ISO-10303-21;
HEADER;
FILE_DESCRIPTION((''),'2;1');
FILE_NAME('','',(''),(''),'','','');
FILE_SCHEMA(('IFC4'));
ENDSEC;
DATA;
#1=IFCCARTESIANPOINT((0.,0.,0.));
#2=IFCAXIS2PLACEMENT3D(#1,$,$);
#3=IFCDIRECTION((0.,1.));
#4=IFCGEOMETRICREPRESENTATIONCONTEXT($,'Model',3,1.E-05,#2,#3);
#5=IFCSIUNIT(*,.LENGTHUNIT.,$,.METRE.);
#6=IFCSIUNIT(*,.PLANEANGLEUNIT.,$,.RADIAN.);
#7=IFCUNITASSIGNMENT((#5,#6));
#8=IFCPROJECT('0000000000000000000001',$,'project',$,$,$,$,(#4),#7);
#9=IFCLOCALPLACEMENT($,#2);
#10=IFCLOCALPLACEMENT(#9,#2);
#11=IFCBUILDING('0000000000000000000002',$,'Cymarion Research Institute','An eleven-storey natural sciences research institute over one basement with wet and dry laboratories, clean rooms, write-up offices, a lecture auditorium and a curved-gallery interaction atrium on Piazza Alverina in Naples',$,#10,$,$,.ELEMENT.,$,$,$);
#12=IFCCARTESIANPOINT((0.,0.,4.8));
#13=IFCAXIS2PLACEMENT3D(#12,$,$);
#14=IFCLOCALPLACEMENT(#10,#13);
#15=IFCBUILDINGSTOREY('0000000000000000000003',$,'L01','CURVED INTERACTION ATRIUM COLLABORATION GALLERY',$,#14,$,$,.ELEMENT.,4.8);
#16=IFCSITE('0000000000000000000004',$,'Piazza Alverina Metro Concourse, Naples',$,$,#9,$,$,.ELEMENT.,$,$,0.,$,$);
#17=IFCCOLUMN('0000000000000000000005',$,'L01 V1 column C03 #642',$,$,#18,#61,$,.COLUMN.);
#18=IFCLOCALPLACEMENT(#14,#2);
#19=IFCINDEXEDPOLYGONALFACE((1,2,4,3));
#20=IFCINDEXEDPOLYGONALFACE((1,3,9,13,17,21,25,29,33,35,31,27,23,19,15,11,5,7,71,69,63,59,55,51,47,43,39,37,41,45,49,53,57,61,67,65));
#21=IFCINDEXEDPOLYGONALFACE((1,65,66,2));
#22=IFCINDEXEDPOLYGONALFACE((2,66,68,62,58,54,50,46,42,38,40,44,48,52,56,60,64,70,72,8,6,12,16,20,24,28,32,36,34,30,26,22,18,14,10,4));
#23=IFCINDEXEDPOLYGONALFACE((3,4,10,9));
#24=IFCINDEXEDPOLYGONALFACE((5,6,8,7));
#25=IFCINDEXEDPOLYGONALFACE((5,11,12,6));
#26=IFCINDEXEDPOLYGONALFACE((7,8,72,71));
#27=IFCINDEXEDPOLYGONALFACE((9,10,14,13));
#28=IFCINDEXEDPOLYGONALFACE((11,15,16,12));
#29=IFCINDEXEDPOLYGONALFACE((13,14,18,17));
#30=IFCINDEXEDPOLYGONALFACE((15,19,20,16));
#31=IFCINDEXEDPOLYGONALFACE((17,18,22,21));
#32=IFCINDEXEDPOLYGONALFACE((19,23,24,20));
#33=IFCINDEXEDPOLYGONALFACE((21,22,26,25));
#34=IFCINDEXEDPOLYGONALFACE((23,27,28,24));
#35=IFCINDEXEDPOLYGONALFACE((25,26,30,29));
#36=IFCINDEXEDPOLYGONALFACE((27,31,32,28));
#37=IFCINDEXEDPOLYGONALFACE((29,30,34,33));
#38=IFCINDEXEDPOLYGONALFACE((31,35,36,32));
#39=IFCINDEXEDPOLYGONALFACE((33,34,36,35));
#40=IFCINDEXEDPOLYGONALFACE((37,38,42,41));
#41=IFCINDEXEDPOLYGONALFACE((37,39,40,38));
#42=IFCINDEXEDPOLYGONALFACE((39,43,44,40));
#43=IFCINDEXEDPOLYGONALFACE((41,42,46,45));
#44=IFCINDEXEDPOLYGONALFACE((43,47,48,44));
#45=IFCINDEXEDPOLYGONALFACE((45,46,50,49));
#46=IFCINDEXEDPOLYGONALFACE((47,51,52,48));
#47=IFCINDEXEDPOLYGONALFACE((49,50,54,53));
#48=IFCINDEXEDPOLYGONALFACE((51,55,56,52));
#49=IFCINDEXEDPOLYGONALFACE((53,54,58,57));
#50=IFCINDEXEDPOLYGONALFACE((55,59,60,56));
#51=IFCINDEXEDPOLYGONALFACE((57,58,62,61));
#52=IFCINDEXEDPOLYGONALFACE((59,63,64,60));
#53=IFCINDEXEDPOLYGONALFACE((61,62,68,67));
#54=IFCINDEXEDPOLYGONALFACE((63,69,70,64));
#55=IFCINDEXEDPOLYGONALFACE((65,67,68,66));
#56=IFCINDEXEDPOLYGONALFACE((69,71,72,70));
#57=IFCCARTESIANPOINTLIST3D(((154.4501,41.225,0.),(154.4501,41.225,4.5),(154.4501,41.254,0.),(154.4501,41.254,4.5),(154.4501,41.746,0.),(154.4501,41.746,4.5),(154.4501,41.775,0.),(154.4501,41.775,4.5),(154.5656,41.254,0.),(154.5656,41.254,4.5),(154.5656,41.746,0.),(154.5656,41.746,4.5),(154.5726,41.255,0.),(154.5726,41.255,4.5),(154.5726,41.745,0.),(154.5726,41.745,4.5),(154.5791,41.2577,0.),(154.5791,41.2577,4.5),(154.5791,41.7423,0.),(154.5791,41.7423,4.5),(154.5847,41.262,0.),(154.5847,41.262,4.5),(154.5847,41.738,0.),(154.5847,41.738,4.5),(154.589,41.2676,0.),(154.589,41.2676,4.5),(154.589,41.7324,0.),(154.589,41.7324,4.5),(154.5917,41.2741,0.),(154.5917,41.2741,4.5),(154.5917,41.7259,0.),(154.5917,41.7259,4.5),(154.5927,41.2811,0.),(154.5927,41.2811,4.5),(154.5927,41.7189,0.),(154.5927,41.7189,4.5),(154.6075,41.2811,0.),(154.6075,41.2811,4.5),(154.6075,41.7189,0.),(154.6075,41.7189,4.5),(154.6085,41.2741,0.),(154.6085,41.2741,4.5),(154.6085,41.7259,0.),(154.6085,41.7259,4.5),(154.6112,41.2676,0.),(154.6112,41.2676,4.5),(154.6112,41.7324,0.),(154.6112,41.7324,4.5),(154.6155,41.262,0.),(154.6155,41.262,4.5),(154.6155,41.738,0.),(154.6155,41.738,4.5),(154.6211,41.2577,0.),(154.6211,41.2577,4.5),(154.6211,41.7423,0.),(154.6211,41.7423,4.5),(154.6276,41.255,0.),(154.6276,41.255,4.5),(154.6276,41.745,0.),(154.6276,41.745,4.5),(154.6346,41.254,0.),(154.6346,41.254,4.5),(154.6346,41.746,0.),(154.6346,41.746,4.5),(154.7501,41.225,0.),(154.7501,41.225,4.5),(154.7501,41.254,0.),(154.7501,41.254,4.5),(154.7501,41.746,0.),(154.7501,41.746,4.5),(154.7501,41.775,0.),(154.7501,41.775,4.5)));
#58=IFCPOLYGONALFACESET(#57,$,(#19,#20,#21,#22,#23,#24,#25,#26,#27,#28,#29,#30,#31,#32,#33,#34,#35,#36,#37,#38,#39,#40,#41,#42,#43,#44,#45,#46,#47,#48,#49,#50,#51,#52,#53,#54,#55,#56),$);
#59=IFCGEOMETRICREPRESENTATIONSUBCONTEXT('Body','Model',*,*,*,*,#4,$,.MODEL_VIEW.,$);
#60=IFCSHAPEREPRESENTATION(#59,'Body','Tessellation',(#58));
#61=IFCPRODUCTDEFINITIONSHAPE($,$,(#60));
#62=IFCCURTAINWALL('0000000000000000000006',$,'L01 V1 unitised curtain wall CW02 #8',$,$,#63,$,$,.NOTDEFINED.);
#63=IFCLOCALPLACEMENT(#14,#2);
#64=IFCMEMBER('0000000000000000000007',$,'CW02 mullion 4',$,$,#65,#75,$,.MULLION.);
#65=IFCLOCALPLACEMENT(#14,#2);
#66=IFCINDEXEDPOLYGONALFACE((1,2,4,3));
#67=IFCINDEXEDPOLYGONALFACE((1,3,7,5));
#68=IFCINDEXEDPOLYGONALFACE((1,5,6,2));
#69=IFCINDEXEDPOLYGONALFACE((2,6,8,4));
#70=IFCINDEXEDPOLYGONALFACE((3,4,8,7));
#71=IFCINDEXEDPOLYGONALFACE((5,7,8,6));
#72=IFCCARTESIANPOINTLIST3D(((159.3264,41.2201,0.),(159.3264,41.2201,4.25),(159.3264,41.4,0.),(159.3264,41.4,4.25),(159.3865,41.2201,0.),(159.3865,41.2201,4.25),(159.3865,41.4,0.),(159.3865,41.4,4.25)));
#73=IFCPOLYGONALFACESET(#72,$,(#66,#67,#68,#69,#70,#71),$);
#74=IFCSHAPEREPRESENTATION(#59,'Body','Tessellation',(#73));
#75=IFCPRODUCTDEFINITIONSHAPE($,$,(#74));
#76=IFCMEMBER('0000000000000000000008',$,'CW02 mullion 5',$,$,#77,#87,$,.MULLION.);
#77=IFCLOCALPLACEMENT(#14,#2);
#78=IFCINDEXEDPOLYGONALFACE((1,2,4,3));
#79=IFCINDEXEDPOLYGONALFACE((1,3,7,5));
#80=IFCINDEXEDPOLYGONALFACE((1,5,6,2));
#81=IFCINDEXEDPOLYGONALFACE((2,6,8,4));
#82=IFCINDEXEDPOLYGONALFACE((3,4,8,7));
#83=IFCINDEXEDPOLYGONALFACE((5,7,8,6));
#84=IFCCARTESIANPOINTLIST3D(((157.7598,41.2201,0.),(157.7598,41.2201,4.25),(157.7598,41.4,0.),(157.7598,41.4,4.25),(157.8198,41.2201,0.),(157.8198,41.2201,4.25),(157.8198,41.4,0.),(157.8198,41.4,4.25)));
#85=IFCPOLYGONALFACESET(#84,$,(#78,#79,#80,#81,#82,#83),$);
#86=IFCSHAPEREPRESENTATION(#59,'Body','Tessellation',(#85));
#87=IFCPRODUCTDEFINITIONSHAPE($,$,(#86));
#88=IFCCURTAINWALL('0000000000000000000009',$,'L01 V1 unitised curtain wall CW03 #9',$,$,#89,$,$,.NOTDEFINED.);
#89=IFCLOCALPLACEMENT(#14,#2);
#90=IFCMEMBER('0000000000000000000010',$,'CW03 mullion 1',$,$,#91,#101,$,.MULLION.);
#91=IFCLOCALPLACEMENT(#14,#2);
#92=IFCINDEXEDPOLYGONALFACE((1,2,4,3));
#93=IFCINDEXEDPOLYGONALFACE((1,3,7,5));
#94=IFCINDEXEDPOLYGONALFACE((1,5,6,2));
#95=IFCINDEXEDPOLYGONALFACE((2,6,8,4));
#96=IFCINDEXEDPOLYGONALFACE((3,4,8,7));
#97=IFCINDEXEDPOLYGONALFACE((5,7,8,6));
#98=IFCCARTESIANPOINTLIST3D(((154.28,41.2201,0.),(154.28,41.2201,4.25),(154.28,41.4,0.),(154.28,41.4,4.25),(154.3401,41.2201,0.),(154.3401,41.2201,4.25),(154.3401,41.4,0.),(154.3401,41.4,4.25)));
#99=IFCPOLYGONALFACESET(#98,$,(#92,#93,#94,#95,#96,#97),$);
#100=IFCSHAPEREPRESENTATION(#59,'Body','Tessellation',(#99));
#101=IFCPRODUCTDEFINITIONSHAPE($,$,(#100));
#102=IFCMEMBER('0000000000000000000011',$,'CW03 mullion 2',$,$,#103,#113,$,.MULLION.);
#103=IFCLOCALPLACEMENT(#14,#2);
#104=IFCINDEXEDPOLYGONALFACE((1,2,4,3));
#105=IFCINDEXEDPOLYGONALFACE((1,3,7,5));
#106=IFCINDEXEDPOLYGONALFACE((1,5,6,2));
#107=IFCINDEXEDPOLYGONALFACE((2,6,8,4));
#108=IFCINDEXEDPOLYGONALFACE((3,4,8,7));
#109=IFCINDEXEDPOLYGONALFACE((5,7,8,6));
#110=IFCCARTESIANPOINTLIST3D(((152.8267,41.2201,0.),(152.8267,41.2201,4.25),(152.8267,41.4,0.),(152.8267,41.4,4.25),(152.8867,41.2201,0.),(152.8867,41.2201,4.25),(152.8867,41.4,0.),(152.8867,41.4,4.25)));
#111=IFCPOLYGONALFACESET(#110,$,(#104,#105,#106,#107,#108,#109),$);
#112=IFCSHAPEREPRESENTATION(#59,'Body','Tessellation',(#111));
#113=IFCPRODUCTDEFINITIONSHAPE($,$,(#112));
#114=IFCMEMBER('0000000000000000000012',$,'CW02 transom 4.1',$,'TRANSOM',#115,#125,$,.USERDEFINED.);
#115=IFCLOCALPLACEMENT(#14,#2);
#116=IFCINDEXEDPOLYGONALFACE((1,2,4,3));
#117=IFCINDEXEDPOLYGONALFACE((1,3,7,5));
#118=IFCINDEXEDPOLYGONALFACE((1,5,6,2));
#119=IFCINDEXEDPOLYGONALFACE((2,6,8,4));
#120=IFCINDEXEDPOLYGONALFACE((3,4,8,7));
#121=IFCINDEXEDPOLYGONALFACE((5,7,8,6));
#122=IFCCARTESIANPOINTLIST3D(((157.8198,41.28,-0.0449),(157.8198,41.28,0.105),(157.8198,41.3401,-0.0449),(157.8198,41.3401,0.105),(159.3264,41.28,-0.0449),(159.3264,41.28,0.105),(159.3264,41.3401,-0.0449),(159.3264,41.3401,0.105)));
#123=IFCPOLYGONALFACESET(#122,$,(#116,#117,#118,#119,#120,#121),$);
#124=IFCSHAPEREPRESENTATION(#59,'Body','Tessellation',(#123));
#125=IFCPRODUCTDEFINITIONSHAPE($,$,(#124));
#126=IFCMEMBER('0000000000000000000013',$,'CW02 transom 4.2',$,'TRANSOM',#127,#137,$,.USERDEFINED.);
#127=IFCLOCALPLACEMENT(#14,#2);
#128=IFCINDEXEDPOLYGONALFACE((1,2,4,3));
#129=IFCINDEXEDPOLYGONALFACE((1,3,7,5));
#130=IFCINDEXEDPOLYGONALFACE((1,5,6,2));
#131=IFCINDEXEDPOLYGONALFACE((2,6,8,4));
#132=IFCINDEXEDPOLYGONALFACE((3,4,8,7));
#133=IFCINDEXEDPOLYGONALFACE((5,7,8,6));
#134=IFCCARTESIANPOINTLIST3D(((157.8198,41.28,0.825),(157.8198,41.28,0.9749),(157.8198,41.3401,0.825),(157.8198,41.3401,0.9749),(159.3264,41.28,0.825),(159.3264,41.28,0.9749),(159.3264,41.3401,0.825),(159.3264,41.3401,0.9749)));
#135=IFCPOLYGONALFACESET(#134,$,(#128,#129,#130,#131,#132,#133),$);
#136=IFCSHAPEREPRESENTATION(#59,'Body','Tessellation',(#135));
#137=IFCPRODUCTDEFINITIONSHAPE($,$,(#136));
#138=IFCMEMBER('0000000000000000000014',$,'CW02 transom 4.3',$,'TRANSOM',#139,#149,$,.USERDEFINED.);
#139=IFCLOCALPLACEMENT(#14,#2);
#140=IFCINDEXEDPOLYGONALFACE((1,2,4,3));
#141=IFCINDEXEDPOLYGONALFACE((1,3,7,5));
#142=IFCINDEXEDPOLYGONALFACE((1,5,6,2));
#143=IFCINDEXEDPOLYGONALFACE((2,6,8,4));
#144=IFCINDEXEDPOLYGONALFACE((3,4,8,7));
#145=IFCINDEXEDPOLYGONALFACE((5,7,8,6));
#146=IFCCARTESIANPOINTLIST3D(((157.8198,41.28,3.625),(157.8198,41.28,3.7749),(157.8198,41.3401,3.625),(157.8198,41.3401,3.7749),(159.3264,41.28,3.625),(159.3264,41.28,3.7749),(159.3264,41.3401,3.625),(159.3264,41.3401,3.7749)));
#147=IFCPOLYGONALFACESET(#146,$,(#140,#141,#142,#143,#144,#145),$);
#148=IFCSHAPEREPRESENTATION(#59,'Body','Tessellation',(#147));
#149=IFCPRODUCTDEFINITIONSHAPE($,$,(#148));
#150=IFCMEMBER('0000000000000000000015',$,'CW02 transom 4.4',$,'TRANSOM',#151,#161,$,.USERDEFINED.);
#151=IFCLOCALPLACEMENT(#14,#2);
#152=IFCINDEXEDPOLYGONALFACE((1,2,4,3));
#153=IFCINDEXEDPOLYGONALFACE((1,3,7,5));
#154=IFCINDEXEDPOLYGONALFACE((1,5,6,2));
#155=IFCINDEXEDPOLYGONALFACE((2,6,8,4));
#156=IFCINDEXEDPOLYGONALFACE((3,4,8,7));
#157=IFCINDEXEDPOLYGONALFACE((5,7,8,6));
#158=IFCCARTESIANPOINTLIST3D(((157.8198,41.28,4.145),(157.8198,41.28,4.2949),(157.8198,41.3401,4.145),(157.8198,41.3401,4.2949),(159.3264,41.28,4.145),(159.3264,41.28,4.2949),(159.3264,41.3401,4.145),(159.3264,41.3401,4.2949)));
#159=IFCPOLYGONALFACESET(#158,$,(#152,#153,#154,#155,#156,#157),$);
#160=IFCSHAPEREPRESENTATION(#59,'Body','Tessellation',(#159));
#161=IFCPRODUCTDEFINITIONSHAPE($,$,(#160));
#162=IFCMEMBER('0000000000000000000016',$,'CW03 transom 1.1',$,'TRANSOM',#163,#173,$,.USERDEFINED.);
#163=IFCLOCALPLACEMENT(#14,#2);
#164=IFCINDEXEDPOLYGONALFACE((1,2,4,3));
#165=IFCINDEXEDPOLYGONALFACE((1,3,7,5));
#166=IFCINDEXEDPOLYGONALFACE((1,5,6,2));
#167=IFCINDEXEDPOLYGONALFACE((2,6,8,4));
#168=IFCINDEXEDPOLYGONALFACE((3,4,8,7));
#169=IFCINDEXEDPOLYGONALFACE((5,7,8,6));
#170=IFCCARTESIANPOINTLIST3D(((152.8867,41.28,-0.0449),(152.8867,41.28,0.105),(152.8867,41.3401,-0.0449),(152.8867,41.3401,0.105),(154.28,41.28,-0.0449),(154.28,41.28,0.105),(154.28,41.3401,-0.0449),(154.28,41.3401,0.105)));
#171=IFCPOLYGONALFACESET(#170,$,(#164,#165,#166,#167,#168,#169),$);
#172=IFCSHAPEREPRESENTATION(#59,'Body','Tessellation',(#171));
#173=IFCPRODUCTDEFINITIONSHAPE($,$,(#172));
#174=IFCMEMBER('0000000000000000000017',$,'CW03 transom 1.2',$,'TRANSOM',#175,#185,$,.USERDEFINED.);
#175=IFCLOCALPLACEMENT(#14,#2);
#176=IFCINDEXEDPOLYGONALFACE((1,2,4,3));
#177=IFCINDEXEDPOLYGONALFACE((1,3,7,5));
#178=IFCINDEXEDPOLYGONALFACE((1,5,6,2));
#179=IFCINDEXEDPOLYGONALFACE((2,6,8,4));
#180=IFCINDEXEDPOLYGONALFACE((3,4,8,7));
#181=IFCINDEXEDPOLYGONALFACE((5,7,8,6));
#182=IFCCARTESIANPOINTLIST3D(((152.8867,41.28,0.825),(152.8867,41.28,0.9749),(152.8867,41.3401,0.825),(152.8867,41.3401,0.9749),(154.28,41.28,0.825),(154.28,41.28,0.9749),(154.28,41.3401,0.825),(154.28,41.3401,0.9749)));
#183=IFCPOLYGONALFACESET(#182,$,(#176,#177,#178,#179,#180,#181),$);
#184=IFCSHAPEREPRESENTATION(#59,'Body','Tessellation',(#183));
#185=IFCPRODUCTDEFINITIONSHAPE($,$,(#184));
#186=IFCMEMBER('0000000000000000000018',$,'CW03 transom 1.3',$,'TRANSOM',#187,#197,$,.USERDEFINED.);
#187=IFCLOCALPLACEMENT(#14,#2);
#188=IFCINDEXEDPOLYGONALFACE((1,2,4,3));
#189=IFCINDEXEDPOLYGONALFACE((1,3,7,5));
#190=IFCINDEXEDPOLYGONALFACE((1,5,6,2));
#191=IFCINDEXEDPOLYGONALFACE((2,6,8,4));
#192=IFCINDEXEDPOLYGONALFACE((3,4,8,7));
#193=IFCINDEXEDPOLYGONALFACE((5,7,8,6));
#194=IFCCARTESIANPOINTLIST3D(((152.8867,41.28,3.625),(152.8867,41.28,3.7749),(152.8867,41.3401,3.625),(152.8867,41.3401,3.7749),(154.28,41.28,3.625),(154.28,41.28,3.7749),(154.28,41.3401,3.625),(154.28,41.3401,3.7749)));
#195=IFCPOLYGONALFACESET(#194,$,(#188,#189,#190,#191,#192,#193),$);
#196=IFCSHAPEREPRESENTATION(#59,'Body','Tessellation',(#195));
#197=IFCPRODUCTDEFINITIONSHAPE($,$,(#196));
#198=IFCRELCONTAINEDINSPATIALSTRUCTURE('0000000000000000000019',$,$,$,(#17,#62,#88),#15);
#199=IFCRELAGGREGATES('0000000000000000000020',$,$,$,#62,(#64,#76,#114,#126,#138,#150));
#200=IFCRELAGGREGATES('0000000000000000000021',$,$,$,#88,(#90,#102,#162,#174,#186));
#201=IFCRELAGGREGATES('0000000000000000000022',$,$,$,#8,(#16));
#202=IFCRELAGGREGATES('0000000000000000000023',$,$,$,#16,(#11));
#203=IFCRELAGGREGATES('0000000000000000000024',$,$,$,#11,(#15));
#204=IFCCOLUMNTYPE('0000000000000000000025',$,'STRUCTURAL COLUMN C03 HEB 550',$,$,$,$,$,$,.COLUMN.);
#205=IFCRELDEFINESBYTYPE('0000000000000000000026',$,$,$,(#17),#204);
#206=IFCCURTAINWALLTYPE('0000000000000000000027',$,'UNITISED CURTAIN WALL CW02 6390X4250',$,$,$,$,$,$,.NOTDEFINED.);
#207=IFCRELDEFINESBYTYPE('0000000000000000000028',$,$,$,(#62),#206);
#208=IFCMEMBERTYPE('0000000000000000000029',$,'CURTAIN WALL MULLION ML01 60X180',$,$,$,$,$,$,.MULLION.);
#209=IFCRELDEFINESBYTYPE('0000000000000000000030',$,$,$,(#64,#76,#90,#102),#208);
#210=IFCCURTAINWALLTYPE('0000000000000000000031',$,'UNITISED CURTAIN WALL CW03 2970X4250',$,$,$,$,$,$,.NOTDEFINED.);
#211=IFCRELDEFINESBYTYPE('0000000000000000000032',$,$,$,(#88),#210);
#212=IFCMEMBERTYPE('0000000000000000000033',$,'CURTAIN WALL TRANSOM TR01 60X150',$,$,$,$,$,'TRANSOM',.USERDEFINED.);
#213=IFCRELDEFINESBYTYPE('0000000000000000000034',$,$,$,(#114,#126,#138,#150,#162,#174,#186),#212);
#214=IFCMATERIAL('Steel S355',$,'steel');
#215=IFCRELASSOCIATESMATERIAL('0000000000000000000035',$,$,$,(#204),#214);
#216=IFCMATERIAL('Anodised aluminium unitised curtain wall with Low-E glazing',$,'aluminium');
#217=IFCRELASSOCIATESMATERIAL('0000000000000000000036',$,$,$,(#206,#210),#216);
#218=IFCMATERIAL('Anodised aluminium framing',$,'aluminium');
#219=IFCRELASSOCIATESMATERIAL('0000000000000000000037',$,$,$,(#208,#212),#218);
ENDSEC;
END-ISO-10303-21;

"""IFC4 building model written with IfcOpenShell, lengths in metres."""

from ifc_helpers import new_model, si_unit, direction, frame, origin, origin_2d, place, context, subcontext, project, spatial, rectangle, i_section, extrude, material, material_profile, profile_set, type_object, element, aggregate, save


model = new_model("IFC4")

# Units and contexts
model_context = context("Model", 3, precision=1e-05, world=origin(), true_north=direction((0.0, 1.0)))
body_context = subcontext(model_context, "Body", "Model", "MODEL_VIEW")
ifc_project = project(units=[si_unit("LENGTHUNIT", "METRE"), si_unit("PLANEANGLEUNIT", "RADIAN")], contexts=[model_context])

# Site, building, storey
site_placement = place(None, origin())
site = spatial("IfcSite", under=ifc_project, at=site_placement, Name="Piazza Alverina Metro Concourse, Naples", CompositionType="ELEMENT", RefElevation=0.0)
building_placement = place(site_placement, origin())
building = spatial("IfcBuilding", under=site, at=building_placement, Name="Cymarion Research Institute", Description="An eleven-storey natural sciences research institute over one basement with wet and dry laboratories, clean rooms, write-up offices, a lecture auditorium and a curved-gallery interaction atrium on Piazza Alverina in Naples", CompositionType="ELEMENT")
storey_placement = place(building_placement, frame((0.0, 0.0, 4.8)))
storey = spatial("IfcBuildingStorey", under=building, at=storey_placement, Name="L01", Description="CURVED INTERACTION ATRIUM COLLABORATION GALLERY", CompositionType="ELEMENT", Elevation=4.8)

# Column
ifc_material_1 = material(Name="Steel S355", Category="steel")
ifc_material_profile_1 = material_profile(ifc_material_1, i_section(OverallWidth=0.3, OverallDepth=0.55, WebThickness=0.0149, FlangeThickness=0.0291, FilletRadius=0.0271, at=origin_2d()), Name="HEB 550")
ifc_profile_set_1 = profile_set([ifc_material_profile_1], Name="Steel S355")
column_type = type_object("IfcColumnType", Name="STRUCTURAL COLUMN C03 HEB 550", PredefinedType="COLUMN", material=ifc_profile_set_1)
column_placement = place(storey_placement, frame((154.6001, 41.5, 0.0), z_axis=(0.0, 0.0, 1.0), x_axis=(1.0, 0.0, 0.0)))
element("IfcColumn", 1, at=column_placement, inside=storey, type_object=column_type, Name="L01 V1 column C03 #642", PredefinedType="COLUMN", context=body_context, shape_type="SweptSolid", body=[
    extrude(i_section(OverallWidth=0.3, OverallDepth=0.55, WebThickness=0.0149, FlangeThickness=0.0291, FilletRadius=0.0271, at=origin_2d()), origin(), (0.0, 0.0, 1.0), 4.5),
])

# Curtain walls, members
ifc_material_2 = material(Name="Anodised aluminium unitised curtain wall with Low-E glazing", Category="aluminium")
curtain_wall_type_1 = type_object("IfcCurtainWallType", Name="UNITISED CURTAIN WALL CW02 6390X4250", PredefinedType="NOTDEFINED", material=ifc_material_2)
curtain_wall_1_placement = place(storey_placement, origin())
curtain_wall_1 = element("IfcCurtainWall", 2, at=curtain_wall_1_placement, inside=storey, type_object=curtain_wall_type_1, Name="L01 V1 unitised curtain wall CW02 #8", PredefinedType="NOTDEFINED")
ifc_material_3 = material(Name="Anodised aluminium framing", Category="aluminium")
ifc_material_profile_2 = material_profile(ifc_material_3, rectangle(XDim=0.0601, YDim=0.1799, at=origin_2d()), Name="ALU MULLION 60x180")
ifc_profile_set_2 = profile_set([ifc_material_profile_2], Name="Anodised aluminium framing")
member_type_1 = type_object("IfcMemberType", Name="CURTAIN WALL MULLION ML01 60X180", PredefinedType="MULLION", material=ifc_profile_set_2)
member_1_placement = place(storey_placement, frame((159.3564, 41.3101, 0.0), z_axis=(0.0, 0.0, 1.0), x_axis=(-1.0, 0.0, 0.0)))
member_1 = element("IfcMember", 3, at=member_1_placement, type_object=member_type_1, Name="CW02 mullion 4", PredefinedType="MULLION", context=body_context, shape_type="SweptSolid", body=[
    extrude(rectangle(XDim=0.0601, YDim=0.1799, at=origin_2d()), origin(), (0.0, 0.0, 1.0), 4.25),
])
member_2_placement = place(storey_placement, frame((157.7898, 41.3101, 0.0), z_axis=(0.0, 0.0, 1.0), x_axis=(-1.0, 0.0, 0.0)))
member_2 = element("IfcMember", 4, at=member_2_placement, type_object=member_type_1, Name="CW02 mullion 5", PredefinedType="MULLION", context=body_context, shape_type="SweptSolid", body=[
    extrude(rectangle(XDim=0.0601, YDim=0.1799, at=origin_2d()), origin(), (0.0, 0.0, 1.0), 4.25),
])
curtain_wall_type_2 = type_object("IfcCurtainWallType", Name="UNITISED CURTAIN WALL CW03 2970X4250", PredefinedType="NOTDEFINED", material=ifc_material_2)
curtain_wall_2_placement = place(storey_placement, origin())
curtain_wall_2 = element("IfcCurtainWall", 5, at=curtain_wall_2_placement, inside=storey, type_object=curtain_wall_type_2, Name="L01 V1 unitised curtain wall CW03 #9", PredefinedType="NOTDEFINED")
member_3_placement = place(storey_placement, frame((154.3101, 41.3101, 0.0), z_axis=(0.0, 0.0, 1.0), x_axis=(-1.0, 0.0, 0.0)))
member_3 = element("IfcMember", 6, at=member_3_placement, type_object=member_type_1, Name="CW03 mullion 1", PredefinedType="MULLION", context=body_context, shape_type="SweptSolid", body=[
    extrude(rectangle(XDim=0.0601, YDim=0.1799, at=origin_2d()), origin(), (0.0, 0.0, 1.0), 4.25),
])
member_4_placement = place(storey_placement, frame((152.8567, 41.3101, 0.0), z_axis=(0.0, 0.0, 1.0), x_axis=(-1.0, 0.0, 0.0)))
member_4 = element("IfcMember", 7, at=member_4_placement, type_object=member_type_1, Name="CW03 mullion 2", PredefinedType="MULLION", context=body_context, shape_type="SweptSolid", body=[
    extrude(rectangle(XDim=0.0601, YDim=0.1799, at=origin_2d()), origin(), (0.0, 0.0, 1.0), 4.25),
])

# Members
ifc_material_profile_3 = material_profile(ifc_material_3, rectangle(XDim=0.0601, YDim=0.1499, at=origin_2d()), Name="ALU TRANSOM 60x150")
ifc_profile_set_3 = profile_set([ifc_material_profile_3], Name="Anodised aluminium framing")
member_type_2 = type_object("IfcMemberType", Name="CURTAIN WALL TRANSOM TR01 60X150", ElementType="TRANSOM", PredefinedType="USERDEFINED", material=ifc_profile_set_3)
member_5_placement = place(storey_placement, frame((159.3264, 41.3101, 0.03), z_axis=(-1.0, 0.0, 0.0), x_axis=(0.0, -1.0, 0.0)))
member_5 = element("IfcMember", 8, at=member_5_placement, type_object=member_type_2, Name="CW02 transom 4.1", ObjectType="TRANSOM", PredefinedType="USERDEFINED", context=body_context, shape_type="SweptSolid", body=[
    extrude(rectangle(XDim=0.0601, YDim=0.1499, at=origin_2d()), origin(), (0.0, 0.0, 1.0), 1.5066),
])
member_6_placement = place(storey_placement, frame((159.3264, 41.3101, 0.8999), z_axis=(-1.0, 0.0, 0.0), x_axis=(0.0, -1.0, 0.0)))
member_6 = element("IfcMember", 9, at=member_6_placement, type_object=member_type_2, Name="CW02 transom 4.2", ObjectType="TRANSOM", PredefinedType="USERDEFINED", context=body_context, shape_type="SweptSolid", body=[
    extrude(rectangle(XDim=0.0601, YDim=0.1499, at=origin_2d()), origin(), (0.0, 0.0, 1.0), 1.5066),
])
member_7_placement = place(storey_placement, frame((159.3264, 41.3101, 3.7), z_axis=(-1.0, 0.0, 0.0), x_axis=(0.0, -1.0, 0.0)))
member_7 = element("IfcMember", 10, at=member_7_placement, type_object=member_type_2, Name="CW02 transom 4.3", ObjectType="TRANSOM", PredefinedType="USERDEFINED", context=body_context, shape_type="SweptSolid", body=[
    extrude(rectangle(XDim=0.0601, YDim=0.1499, at=origin_2d()), origin(), (0.0, 0.0, 1.0), 1.5066),
])
member_8_placement = place(storey_placement, frame((159.3264, 41.3101, 4.22), z_axis=(-1.0, 0.0, 0.0), x_axis=(0.0, -1.0, 0.0)))
member_8 = element("IfcMember", 11, at=member_8_placement, type_object=member_type_2, Name="CW02 transom 4.4", ObjectType="TRANSOM", PredefinedType="USERDEFINED", context=body_context, shape_type="SweptSolid", body=[
    extrude(rectangle(XDim=0.0601, YDim=0.1499, at=origin_2d()), origin(), (0.0, 0.0, 1.0), 1.5066),
])
member_9_placement = place(storey_placement, frame((154.28, 41.3101, 0.03), z_axis=(-1.0, 0.0, 0.0), x_axis=(0.0, -1.0, 0.0)))
member_9 = element("IfcMember", 12, at=member_9_placement, type_object=member_type_2, Name="CW03 transom 1.1", ObjectType="TRANSOM", PredefinedType="USERDEFINED", context=body_context, shape_type="SweptSolid", body=[
    extrude(rectangle(XDim=0.0601, YDim=0.1499, at=origin_2d()), origin(), (0.0, 0.0, 1.0), 1.3933),
])
member_10_placement = place(storey_placement, frame((154.28, 41.3101, 0.8999), z_axis=(-1.0, 0.0, 0.0), x_axis=(0.0, -1.0, 0.0)))
member_10 = element("IfcMember", 13, at=member_10_placement, type_object=member_type_2, Name="CW03 transom 1.2", ObjectType="TRANSOM", PredefinedType="USERDEFINED", context=body_context, shape_type="SweptSolid", body=[
    extrude(rectangle(XDim=0.0601, YDim=0.1499, at=origin_2d()), origin(), (0.0, 0.0, 1.0), 1.3933),
])
member_11_placement = place(storey_placement, frame((154.28, 41.3101, 3.7), z_axis=(-1.0, 0.0, 0.0), x_axis=(0.0, -1.0, 0.0)))
member_11 = element("IfcMember", 14, at=member_11_placement, type_object=member_type_2, Name="CW03 transom 1.3", ObjectType="TRANSOM", PredefinedType="USERDEFINED", context=body_context, shape_type="SweptSolid", body=[
    extrude(rectangle(XDim=0.0601, YDim=0.1499, at=origin_2d()), origin(), (0.0, 0.0, 1.0), 1.3933),
])

aggregate(curtain_wall_1, [member_1, member_2, member_5, member_6, member_7, member_8])
aggregate(curtain_wall_2, [member_3, member_4, member_9, member_10, member_11])

save(model, "model.ifc")
